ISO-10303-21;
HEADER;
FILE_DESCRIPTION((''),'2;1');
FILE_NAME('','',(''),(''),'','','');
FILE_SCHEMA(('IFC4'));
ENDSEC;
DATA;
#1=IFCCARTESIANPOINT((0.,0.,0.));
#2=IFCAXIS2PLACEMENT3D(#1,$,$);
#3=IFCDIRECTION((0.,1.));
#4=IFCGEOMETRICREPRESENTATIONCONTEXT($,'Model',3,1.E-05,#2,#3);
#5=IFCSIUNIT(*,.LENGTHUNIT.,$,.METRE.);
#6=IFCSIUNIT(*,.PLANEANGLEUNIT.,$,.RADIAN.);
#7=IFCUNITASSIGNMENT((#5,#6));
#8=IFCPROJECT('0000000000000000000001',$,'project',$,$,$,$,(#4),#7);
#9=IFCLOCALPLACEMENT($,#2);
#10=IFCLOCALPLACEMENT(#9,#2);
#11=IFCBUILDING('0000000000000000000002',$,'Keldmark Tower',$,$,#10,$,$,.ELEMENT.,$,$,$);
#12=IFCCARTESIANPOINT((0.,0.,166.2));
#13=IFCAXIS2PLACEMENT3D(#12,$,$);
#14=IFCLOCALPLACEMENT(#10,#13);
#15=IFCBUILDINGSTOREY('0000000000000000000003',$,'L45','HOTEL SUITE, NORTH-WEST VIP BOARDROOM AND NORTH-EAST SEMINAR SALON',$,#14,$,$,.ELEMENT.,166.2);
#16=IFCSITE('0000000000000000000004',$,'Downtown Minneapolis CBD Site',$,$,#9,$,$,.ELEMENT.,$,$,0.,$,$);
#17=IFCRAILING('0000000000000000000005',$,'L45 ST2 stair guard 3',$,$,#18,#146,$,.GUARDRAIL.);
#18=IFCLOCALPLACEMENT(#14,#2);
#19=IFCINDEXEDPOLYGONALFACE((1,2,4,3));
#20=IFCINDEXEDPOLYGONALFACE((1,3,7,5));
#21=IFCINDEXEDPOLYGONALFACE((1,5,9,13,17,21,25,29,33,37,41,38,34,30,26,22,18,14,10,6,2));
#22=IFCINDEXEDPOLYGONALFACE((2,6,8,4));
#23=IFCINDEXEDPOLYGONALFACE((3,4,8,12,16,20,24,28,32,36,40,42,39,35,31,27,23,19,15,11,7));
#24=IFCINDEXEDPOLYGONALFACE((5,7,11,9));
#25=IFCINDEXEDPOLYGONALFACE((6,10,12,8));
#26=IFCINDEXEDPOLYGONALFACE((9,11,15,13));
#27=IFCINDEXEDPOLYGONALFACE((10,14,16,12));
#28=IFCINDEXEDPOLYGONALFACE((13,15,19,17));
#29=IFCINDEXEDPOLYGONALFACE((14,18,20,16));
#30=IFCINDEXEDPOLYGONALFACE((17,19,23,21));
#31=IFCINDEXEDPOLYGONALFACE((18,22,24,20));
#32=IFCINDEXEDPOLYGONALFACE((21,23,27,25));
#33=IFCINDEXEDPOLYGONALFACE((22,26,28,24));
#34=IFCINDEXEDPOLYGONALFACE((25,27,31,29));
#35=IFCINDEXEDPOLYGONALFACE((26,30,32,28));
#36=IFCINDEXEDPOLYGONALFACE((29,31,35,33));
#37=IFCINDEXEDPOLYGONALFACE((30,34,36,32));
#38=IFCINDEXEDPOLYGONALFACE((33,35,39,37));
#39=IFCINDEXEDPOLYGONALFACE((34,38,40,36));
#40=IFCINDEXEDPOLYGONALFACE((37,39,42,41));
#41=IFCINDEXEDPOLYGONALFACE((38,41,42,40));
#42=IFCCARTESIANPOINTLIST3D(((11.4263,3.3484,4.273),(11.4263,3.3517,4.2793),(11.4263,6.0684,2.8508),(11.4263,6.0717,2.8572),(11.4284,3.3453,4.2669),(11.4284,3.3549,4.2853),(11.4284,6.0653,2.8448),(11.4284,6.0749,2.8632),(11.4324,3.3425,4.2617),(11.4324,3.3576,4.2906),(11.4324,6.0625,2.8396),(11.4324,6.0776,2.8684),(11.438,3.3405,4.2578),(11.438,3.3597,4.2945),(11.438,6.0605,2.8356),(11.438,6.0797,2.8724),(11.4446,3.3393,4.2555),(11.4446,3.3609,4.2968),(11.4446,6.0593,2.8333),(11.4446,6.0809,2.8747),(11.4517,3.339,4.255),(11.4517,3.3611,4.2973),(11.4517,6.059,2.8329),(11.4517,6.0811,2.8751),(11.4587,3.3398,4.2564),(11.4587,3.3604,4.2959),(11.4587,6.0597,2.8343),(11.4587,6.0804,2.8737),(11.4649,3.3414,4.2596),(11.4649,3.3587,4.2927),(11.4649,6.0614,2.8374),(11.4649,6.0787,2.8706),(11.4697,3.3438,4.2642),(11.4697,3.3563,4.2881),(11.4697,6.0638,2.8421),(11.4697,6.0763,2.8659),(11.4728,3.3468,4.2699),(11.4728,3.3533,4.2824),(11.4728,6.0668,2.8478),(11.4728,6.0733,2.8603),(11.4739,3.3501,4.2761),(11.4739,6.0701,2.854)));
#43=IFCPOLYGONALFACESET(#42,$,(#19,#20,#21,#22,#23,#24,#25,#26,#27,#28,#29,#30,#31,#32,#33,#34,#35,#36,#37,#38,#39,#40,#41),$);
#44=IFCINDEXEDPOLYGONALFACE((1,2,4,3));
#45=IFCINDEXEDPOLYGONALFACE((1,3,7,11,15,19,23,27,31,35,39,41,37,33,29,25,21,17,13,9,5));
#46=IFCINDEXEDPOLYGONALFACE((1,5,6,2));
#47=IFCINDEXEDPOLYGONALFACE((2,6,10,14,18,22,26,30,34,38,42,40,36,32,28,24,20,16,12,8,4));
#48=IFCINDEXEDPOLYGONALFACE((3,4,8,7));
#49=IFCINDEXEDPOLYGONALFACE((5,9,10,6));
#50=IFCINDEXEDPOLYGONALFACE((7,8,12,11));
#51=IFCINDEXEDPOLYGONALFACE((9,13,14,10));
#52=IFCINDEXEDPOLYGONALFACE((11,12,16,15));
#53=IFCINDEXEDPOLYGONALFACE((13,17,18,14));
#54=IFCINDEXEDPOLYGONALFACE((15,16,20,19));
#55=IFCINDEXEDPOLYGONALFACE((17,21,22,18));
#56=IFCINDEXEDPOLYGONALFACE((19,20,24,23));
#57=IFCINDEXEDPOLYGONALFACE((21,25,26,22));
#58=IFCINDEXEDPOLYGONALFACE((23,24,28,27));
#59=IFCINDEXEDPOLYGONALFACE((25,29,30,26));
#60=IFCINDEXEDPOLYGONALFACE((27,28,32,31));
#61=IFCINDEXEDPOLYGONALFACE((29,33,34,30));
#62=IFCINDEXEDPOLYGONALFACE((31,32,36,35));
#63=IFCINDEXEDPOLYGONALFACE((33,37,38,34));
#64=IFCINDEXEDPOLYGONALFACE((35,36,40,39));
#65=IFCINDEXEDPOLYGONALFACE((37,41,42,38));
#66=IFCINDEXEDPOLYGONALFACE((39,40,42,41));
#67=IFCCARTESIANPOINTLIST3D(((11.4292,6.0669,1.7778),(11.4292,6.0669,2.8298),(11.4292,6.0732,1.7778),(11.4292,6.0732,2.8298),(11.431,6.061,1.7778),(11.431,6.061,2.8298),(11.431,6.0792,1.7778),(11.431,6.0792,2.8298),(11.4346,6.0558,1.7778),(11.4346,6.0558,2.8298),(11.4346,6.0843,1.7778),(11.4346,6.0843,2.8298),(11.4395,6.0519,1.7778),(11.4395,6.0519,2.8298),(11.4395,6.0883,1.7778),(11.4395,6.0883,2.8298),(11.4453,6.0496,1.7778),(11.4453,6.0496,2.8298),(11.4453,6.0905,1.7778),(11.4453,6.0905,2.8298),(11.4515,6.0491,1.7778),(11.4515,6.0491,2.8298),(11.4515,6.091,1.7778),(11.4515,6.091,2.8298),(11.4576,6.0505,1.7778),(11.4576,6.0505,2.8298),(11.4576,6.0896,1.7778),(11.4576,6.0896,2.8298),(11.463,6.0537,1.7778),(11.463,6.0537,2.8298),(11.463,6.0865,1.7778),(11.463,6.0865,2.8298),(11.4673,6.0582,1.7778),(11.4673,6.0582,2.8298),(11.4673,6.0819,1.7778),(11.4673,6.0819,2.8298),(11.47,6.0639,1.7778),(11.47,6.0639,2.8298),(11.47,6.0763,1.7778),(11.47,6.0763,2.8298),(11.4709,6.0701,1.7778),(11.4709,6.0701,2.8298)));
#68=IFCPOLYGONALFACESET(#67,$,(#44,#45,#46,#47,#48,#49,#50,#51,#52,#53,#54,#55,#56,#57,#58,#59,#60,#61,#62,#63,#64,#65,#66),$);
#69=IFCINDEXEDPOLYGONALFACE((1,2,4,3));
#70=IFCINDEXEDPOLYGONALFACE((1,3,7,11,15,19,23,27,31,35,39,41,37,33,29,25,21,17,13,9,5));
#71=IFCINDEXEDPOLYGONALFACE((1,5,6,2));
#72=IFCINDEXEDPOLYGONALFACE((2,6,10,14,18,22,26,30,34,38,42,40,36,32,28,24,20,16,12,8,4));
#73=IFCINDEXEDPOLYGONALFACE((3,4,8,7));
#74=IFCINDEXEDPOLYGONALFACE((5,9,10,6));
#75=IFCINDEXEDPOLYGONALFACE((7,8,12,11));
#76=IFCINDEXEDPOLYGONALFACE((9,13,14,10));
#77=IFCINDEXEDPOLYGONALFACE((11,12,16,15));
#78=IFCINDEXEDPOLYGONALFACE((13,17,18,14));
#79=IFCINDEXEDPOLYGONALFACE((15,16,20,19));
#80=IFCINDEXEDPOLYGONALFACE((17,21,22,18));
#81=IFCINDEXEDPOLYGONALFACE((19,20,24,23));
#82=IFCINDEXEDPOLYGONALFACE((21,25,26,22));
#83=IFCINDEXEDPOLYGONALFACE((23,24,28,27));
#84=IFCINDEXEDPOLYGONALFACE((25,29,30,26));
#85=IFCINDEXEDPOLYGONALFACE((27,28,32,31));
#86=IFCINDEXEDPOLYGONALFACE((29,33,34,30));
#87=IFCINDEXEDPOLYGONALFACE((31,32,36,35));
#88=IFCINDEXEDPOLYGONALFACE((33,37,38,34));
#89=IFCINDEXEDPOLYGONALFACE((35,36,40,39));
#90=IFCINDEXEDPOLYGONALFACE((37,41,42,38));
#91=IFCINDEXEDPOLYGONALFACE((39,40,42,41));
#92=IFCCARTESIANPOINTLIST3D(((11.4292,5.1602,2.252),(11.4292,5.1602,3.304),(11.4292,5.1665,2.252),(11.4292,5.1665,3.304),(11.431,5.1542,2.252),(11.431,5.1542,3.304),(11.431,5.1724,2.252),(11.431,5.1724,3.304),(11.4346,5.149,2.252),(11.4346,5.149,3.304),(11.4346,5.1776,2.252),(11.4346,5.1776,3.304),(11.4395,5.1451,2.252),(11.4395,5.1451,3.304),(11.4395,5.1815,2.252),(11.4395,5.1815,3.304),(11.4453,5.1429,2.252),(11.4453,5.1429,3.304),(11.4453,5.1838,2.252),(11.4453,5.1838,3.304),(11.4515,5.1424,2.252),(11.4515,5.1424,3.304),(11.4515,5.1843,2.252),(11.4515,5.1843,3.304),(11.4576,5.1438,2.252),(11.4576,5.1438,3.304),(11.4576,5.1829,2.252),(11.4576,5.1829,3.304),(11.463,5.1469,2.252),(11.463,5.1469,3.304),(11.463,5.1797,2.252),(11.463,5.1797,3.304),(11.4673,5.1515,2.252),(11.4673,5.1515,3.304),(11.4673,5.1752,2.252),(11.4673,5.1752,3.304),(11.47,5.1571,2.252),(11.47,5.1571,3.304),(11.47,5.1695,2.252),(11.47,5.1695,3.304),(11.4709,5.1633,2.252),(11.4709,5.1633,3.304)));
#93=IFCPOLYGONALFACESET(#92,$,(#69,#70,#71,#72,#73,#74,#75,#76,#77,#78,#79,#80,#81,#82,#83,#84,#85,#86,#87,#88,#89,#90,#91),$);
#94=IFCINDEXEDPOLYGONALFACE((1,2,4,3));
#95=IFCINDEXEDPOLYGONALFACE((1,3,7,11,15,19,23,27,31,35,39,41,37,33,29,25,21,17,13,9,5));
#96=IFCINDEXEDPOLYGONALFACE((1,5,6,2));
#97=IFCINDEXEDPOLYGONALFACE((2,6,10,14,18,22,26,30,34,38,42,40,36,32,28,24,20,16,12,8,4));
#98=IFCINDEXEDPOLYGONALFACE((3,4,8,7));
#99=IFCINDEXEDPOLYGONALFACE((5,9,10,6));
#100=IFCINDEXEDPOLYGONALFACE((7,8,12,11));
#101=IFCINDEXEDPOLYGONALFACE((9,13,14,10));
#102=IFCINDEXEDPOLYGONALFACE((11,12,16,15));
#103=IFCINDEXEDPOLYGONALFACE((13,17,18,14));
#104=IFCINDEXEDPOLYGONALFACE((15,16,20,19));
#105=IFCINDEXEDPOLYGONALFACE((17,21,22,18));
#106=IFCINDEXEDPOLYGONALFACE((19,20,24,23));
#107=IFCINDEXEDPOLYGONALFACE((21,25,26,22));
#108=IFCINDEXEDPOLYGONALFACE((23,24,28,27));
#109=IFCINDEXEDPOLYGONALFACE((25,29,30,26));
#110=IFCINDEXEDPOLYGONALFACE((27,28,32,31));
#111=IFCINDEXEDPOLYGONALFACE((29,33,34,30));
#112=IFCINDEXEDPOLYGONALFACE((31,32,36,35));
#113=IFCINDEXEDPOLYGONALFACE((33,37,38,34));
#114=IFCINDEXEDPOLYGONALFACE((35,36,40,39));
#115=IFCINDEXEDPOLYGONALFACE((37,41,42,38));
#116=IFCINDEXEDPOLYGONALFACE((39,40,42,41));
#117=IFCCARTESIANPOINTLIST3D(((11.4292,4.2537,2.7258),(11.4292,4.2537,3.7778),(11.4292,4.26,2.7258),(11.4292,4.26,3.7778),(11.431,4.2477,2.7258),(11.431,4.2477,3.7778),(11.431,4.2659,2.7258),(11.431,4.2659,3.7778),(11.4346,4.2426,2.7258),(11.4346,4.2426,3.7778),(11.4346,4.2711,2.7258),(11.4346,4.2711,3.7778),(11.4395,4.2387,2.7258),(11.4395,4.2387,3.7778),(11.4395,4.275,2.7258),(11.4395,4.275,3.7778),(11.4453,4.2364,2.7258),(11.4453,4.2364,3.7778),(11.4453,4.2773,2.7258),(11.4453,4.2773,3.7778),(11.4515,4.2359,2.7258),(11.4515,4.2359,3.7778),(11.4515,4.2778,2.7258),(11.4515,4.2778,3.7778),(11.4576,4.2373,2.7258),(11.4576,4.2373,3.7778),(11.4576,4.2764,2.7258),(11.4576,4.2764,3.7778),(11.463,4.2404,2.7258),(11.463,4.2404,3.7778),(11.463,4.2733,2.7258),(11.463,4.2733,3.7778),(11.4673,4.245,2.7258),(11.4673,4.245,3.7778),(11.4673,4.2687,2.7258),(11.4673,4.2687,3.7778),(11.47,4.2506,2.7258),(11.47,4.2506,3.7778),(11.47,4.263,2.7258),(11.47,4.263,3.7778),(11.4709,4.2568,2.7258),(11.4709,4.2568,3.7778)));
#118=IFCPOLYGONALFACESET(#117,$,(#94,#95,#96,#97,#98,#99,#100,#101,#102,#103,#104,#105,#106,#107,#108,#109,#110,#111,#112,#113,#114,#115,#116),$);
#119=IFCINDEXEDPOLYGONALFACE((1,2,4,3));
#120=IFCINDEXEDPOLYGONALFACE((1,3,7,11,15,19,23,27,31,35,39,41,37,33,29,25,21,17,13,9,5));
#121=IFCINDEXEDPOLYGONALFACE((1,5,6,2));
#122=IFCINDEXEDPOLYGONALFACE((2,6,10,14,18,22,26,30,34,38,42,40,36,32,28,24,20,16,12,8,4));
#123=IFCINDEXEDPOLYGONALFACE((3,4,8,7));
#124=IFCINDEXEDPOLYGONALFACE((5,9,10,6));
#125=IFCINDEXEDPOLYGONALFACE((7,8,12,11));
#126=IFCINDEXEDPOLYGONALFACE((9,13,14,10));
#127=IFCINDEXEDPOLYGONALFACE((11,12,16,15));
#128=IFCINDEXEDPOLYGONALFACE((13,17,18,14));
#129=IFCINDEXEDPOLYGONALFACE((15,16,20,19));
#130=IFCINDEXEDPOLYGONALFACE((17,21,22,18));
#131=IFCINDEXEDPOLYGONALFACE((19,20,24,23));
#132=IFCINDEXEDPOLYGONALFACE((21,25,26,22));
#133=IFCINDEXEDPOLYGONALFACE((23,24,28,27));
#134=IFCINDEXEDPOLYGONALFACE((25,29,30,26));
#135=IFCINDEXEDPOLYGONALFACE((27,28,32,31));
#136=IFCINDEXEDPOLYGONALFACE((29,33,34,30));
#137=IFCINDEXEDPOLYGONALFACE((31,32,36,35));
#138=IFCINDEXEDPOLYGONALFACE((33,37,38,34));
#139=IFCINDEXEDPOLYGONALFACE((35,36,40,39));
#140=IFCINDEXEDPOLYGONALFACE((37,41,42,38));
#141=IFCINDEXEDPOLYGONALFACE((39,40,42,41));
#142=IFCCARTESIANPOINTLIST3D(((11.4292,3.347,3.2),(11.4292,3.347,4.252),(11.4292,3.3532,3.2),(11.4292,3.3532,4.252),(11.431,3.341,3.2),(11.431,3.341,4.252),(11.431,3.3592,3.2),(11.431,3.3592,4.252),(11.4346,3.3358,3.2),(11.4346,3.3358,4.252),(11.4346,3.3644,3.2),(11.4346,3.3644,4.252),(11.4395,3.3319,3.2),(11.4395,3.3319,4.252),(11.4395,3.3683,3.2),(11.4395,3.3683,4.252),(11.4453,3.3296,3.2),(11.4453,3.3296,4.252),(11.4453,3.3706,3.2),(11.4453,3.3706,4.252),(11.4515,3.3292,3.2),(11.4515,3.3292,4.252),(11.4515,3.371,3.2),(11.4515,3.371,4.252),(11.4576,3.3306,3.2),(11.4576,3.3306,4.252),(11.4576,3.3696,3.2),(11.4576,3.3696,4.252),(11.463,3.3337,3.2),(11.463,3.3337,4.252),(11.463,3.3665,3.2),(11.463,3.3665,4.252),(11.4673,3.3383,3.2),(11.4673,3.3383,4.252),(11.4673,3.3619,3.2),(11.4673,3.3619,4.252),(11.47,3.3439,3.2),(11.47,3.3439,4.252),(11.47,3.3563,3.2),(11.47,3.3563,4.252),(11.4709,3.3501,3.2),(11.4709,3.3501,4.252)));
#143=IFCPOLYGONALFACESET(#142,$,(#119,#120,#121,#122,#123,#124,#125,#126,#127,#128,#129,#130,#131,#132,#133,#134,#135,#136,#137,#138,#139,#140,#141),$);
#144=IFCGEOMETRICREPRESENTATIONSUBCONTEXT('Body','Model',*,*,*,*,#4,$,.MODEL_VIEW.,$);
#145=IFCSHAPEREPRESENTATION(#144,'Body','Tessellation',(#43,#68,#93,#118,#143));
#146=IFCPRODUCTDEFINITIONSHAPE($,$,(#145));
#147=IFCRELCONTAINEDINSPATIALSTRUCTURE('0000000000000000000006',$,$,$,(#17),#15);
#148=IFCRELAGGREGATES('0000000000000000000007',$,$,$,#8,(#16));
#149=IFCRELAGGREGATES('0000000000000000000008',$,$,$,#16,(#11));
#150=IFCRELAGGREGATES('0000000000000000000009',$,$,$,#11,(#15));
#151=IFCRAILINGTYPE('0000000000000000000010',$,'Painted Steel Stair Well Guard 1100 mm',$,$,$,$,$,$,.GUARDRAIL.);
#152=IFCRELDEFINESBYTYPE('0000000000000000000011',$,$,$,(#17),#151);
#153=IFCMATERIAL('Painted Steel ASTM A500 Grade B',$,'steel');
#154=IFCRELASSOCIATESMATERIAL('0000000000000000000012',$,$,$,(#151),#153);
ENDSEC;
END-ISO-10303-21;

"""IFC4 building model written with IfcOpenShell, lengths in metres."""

from ifc_helpers import new_model, si_unit, direction, frame, origin, origin_2d, place, context, subcontext, project, spatial, circle, extrude, material, type_object, element, save


model = new_model("IFC4")

# Units and contexts
model_context = context("Model", 3, precision=1e-05, world=origin(), true_north=direction((0.0, 1.0)))
body_context = subcontext(model_context, "Body", "Model", "MODEL_VIEW")
ifc_project = project(units=[si_unit("LENGTHUNIT", "METRE"), si_unit("PLANEANGLEUNIT", "RADIAN")], contexts=[model_context])

# Site, building, storey
site_placement = place(None, origin())
site = spatial("IfcSite", under=ifc_project, at=site_placement, Name="Downtown Minneapolis CBD Site", CompositionType="ELEMENT", RefElevation=0.0)
building_placement = place(site_placement, origin())
building = spatial("IfcBuilding", under=site, at=building_placement, Name="Keldmark Tower", CompositionType="ELEMENT")
storey_placement = place(building_placement, frame((0.0, 0.0, 166.2)))
storey = spatial("IfcBuildingStorey", under=building, at=storey_placement, Name="L45", Description="HOTEL SUITE, NORTH-WEST VIP BOARDROOM AND NORTH-EAST SEMINAR SALON", CompositionType="ELEMENT", Elevation=166.2)

# Railing
ifc_material_1 = material(Name="Painted Steel ASTM A500 Grade B", Category="steel")
railing_type_1 = type_object("IfcRailingType", Name="Painted Steel Stair Well Guard 1100 mm", PredefinedType="GUARDRAIL", material=ifc_material_1)
railing_1_placement = place(storey_placement, frame((11.45, 6.0701, 1.7778)))
element("IfcRailing", 1, at=railing_1_placement, inside=storey, type_object=railing_type_1, Name="L45 ST2 stair guard 3", PredefinedType="GUARDRAIL", context=body_context, shape_type="SweptSolid", body=[
    extrude(circle(Radius=0.0239, at=origin_2d()), frame((0.0, 0.0, 1.0762), z_axis=(0.0, -0.886183, 0.463335), x_axis=(1.0, 0.0, 0.0)), (0.0, 0.0, 1.0), 3.0693),
    extrude(circle(Radius=0.021, at=origin_2d()), origin(), (0.0, 0.0, 1.0), 1.052),
    extrude(circle(Radius=0.021, at=origin_2d()), frame((0.0, -0.9067, 0.4741)), (0.0, 0.0, 1.0), 1.052),
    extrude(circle(Radius=0.021, at=origin_2d()), frame((0.0, -1.8132, 0.948)), (0.0, 0.0, 1.0), 1.052),
    extrude(circle(Radius=0.021, at=origin_2d()), frame((0.0, -2.72, 1.4221)), (0.0, 0.0, 1.0), 1.052),
])

save(model, "model.ifc")
